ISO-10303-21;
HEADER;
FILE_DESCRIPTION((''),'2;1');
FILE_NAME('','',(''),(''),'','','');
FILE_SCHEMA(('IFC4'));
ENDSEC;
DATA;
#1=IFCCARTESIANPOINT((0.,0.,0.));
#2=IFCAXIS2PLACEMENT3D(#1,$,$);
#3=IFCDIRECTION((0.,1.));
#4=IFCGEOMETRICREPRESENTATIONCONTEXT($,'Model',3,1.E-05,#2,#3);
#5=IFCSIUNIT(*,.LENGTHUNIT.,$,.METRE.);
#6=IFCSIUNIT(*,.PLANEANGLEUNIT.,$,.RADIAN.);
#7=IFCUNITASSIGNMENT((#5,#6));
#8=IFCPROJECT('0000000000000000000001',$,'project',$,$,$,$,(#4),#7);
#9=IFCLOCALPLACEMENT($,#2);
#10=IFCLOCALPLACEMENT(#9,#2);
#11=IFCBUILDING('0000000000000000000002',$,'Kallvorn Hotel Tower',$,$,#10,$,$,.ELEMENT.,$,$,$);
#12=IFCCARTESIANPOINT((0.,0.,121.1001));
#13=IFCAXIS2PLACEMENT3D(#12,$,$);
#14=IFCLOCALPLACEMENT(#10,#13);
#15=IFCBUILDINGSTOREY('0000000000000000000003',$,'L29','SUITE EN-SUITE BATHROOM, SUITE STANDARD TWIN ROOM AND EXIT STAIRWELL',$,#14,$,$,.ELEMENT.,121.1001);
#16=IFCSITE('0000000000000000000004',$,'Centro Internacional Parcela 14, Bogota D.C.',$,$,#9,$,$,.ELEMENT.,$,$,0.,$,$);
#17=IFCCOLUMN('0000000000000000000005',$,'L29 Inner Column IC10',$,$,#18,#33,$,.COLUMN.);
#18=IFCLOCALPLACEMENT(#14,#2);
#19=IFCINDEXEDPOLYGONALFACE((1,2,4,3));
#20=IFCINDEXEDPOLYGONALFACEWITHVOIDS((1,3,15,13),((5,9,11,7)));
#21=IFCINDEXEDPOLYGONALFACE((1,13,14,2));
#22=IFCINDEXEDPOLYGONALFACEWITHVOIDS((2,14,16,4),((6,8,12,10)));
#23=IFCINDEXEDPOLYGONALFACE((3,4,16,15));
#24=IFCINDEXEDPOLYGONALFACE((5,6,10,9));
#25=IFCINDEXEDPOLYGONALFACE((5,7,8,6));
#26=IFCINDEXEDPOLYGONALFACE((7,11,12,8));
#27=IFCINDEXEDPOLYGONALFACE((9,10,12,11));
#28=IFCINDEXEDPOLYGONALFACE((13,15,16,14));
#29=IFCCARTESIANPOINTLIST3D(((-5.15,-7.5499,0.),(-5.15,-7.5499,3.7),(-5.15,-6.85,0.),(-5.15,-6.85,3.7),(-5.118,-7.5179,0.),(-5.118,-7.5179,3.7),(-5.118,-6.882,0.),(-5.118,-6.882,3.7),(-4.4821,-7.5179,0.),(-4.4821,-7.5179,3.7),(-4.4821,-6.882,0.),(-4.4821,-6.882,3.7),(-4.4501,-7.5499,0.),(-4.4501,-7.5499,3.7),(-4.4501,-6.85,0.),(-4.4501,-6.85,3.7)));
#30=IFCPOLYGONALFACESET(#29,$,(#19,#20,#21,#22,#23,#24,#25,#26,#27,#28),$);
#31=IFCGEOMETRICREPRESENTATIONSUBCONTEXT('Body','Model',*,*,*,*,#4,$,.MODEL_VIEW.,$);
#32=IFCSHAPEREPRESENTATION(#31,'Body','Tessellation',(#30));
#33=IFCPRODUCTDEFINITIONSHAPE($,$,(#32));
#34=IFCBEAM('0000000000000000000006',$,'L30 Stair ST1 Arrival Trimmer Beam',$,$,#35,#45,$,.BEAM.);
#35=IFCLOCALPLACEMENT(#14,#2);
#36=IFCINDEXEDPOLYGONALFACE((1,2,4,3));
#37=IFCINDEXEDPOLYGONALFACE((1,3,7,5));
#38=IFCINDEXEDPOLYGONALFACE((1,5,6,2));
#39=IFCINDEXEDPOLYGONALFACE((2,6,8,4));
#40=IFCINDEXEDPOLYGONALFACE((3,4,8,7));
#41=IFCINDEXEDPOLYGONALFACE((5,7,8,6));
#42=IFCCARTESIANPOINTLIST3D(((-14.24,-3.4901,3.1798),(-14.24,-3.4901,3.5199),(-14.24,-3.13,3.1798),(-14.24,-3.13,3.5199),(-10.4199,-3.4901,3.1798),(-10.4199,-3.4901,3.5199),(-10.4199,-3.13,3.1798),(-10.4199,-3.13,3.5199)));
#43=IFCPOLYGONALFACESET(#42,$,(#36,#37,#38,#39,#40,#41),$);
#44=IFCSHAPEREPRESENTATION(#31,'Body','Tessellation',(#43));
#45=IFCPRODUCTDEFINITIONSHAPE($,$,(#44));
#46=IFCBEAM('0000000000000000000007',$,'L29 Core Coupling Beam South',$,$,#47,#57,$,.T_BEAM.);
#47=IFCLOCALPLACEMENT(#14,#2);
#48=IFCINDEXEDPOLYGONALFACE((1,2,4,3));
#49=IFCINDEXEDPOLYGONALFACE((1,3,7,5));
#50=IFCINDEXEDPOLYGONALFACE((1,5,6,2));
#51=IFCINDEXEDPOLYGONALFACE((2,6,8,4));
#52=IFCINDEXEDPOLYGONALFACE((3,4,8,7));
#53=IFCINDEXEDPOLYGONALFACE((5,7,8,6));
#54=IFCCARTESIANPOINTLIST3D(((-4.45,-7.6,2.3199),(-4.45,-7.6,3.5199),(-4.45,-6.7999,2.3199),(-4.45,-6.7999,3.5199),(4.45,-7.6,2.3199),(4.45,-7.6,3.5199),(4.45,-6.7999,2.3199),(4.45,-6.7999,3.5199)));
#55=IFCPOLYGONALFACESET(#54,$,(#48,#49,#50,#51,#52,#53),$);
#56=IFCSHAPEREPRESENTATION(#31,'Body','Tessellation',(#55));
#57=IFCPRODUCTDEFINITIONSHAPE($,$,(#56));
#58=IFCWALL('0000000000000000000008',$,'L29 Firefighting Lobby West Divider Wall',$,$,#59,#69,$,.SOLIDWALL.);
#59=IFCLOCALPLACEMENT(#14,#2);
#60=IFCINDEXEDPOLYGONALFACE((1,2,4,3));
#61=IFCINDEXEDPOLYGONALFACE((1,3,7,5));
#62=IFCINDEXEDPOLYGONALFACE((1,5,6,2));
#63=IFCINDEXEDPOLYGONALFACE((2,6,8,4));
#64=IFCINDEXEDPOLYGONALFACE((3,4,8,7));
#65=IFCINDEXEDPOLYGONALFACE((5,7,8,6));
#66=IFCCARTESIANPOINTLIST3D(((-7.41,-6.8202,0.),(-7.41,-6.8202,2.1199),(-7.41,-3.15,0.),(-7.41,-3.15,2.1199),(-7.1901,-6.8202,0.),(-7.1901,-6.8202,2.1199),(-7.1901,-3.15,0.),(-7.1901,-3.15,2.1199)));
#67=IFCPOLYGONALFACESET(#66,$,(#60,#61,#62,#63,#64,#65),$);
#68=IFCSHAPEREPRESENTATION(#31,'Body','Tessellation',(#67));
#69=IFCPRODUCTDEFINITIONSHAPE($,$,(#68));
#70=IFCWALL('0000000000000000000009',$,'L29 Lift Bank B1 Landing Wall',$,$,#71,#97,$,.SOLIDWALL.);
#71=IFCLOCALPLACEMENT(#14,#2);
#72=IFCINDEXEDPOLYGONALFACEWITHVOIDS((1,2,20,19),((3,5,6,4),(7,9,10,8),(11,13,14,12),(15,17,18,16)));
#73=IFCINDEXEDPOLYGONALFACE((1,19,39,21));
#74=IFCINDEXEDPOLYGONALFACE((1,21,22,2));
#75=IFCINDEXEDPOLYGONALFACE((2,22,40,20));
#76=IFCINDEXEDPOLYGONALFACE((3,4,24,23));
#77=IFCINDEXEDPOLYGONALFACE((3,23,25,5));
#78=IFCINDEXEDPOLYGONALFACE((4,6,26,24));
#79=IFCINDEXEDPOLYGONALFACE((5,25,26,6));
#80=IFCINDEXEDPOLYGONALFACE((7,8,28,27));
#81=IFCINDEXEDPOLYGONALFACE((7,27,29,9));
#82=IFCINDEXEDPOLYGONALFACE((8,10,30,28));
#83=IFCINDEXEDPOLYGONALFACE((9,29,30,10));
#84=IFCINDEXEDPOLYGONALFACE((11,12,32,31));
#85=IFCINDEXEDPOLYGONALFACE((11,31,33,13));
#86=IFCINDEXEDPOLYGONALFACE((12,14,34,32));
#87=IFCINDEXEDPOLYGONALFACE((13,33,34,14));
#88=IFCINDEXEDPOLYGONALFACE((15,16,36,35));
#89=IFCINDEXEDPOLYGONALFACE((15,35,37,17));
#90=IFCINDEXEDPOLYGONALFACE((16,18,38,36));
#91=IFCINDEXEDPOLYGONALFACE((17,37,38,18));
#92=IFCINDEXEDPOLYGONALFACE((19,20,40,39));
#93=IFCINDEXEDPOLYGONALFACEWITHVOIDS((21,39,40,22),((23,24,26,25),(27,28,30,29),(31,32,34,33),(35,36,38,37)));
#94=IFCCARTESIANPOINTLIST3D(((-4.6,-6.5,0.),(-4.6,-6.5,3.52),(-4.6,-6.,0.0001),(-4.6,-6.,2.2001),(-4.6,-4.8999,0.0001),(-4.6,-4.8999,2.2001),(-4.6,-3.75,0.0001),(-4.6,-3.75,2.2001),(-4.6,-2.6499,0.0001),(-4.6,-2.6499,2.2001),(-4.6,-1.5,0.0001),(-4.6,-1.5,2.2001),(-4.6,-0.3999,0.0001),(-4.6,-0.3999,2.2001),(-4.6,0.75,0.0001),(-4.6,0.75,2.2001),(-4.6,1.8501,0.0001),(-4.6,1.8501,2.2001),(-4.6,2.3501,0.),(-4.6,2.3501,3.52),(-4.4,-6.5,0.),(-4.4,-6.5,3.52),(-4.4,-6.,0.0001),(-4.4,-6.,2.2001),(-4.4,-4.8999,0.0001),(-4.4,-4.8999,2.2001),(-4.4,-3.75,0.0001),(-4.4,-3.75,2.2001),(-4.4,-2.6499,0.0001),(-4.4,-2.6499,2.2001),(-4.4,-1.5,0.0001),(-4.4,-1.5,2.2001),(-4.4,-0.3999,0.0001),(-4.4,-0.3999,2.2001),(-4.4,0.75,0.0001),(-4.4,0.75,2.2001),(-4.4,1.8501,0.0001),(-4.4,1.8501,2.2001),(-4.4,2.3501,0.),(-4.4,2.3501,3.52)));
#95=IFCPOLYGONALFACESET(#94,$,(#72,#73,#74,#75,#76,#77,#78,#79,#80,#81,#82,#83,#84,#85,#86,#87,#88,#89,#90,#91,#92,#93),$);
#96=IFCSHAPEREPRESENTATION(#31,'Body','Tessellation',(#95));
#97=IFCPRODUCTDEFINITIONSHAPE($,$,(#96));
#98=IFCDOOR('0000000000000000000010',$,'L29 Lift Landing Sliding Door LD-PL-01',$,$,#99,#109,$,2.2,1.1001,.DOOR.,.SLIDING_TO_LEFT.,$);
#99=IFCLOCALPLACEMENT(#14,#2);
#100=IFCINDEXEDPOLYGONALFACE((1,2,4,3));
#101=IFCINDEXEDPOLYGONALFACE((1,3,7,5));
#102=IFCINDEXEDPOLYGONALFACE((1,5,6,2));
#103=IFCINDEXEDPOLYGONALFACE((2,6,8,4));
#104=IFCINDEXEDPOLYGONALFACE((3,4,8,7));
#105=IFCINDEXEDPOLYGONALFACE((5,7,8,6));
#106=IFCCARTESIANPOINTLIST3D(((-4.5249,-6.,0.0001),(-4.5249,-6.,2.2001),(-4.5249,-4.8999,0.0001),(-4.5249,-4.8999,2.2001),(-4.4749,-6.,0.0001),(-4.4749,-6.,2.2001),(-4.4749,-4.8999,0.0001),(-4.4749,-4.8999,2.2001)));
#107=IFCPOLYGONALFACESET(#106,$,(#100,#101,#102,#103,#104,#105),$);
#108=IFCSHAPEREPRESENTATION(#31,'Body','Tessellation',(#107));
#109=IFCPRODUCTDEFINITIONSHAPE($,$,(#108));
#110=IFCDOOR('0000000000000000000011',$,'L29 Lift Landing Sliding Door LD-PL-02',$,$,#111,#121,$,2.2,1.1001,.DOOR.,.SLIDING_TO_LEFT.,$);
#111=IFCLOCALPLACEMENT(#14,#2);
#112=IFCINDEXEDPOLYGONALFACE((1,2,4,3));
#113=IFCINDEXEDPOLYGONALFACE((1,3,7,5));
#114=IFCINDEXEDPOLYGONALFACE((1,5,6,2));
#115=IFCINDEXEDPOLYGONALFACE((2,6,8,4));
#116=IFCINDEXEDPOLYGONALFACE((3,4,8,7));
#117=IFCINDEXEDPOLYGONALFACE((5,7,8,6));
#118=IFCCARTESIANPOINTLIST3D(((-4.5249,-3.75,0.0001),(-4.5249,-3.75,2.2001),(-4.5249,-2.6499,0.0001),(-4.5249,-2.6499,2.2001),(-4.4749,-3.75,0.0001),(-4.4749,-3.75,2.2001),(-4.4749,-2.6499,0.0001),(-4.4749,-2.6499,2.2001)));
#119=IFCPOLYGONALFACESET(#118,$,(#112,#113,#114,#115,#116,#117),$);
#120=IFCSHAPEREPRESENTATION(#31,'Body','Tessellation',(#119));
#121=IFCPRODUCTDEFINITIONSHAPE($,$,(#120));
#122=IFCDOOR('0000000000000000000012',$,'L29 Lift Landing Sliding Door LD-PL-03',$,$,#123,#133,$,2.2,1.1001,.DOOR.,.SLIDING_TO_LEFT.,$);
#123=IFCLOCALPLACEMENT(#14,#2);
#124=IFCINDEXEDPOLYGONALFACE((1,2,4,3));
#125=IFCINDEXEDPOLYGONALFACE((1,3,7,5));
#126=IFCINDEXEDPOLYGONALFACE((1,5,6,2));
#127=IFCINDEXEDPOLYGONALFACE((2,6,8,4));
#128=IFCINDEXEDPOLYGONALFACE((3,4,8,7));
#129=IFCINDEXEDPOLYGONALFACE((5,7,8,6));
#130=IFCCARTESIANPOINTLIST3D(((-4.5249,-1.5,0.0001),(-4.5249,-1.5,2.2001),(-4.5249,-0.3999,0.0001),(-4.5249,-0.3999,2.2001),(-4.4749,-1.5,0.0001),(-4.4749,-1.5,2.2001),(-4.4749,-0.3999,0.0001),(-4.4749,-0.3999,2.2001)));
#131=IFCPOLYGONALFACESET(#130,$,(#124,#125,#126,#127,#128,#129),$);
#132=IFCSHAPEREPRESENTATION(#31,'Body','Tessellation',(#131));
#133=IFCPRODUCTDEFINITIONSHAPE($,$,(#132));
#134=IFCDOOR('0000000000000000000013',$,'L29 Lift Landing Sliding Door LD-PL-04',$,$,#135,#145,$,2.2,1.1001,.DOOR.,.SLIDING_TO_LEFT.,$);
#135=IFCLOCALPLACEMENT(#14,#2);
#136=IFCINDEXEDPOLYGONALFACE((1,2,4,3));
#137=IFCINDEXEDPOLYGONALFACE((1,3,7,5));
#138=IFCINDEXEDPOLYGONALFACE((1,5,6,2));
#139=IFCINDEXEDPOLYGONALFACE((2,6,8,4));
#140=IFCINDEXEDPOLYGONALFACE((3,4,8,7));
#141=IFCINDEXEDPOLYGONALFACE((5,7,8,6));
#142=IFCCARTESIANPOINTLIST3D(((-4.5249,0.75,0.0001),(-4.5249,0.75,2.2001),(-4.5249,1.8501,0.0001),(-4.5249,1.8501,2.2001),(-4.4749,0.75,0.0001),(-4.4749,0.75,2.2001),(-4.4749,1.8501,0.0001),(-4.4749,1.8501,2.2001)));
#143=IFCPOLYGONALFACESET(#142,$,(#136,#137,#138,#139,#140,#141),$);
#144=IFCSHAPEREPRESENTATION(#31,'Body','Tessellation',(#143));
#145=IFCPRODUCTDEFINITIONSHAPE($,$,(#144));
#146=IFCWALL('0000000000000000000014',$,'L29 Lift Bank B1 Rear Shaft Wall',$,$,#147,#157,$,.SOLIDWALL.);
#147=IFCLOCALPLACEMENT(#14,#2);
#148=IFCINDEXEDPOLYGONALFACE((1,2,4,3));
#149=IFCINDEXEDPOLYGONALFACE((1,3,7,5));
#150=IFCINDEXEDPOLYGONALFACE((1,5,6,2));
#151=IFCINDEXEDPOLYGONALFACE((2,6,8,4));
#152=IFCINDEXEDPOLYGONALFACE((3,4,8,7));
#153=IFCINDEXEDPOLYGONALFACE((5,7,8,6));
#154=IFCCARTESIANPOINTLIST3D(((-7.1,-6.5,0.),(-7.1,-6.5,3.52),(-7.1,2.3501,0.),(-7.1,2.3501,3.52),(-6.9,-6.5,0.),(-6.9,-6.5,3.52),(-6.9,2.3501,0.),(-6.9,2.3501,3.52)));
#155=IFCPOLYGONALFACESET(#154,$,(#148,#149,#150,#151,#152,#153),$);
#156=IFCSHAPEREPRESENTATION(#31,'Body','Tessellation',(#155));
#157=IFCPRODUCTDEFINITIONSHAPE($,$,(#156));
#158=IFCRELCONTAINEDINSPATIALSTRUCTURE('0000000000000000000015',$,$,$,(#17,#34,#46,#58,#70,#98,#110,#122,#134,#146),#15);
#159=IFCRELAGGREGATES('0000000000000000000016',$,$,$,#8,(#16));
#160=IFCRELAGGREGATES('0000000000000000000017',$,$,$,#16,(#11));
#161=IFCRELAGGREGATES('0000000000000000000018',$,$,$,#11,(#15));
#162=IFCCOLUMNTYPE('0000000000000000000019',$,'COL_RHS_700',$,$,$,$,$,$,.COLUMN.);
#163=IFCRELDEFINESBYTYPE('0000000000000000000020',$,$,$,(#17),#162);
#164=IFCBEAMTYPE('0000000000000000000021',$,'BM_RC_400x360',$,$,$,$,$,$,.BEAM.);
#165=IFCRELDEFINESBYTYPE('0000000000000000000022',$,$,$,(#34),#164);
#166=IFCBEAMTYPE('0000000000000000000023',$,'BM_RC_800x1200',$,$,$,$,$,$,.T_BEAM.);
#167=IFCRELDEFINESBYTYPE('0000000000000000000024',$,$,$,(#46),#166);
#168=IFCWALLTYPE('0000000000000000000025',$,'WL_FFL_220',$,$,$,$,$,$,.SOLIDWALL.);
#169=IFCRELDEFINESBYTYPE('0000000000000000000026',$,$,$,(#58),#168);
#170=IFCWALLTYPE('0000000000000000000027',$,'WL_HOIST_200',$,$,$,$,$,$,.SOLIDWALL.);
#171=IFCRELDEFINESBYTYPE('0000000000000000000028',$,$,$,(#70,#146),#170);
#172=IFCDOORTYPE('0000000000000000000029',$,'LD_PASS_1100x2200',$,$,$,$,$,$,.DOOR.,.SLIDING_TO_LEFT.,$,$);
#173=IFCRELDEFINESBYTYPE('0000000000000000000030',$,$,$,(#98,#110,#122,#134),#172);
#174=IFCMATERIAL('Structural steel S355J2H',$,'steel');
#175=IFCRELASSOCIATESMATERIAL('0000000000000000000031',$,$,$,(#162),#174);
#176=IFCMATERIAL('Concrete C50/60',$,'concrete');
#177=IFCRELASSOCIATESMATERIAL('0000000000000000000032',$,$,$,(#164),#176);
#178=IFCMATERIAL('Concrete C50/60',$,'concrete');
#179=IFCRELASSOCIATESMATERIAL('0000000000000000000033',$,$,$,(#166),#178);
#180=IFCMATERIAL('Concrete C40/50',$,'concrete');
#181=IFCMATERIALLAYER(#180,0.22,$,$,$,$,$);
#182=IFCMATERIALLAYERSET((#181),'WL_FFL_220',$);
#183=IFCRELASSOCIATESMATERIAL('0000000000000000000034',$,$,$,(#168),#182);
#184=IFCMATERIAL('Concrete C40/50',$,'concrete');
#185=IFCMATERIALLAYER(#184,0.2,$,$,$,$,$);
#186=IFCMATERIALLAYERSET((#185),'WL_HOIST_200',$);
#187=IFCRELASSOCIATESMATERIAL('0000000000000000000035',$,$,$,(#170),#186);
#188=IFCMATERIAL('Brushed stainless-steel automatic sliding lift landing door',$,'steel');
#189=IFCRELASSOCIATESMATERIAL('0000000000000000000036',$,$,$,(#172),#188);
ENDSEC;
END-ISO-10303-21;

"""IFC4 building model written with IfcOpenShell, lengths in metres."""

from ifc_helpers import new_model, si_unit, direction, frame, frame_2d, origin, origin_2d, place, context, subcontext, project, spatial, rectangle, hollow_rectangle, extrude, material, layer, layer_set, material_profile, profile_set, type_object, element, fill, save


model = new_model("IFC4")

# Units and contexts
model_context = context("Model", 3, precision=1e-05, world=origin(), true_north=direction((0.0, 1.0)))
body_context = subcontext(model_context, "Body", "Model", "MODEL_VIEW")
ifc_project = project(units=[si_unit("LENGTHUNIT", "METRE"), si_unit("PLANEANGLEUNIT", "RADIAN")], contexts=[model_context])

# Site, building, storey
site_placement = place(None, origin())
site = spatial("IfcSite", under=ifc_project, at=site_placement, Name="Centro Internacional Parcela 14, Bogota D.C.", CompositionType="ELEMENT", RefElevation=0.0)
building_placement = place(site_placement, origin())
building = spatial("IfcBuilding", under=site, at=building_placement, Name="Kallvorn Hotel Tower", CompositionType="ELEMENT")
storey_placement = place(building_placement, frame((0.0, 0.0, 121.1001)))
storey = spatial("IfcBuildingStorey", under=building, at=storey_placement, Name="L29", Description="SUITE EN-SUITE BATHROOM, SUITE STANDARD TWIN ROOM AND EXIT STAIRWELL", CompositionType="ELEMENT", Elevation=121.1001)

# Column
ifc_material_1 = material(Name="Structural steel S355J2H", Category="steel")
ifc_material_profile_1 = material_profile(ifc_material_1, hollow_rectangle(XDim=0.7, YDim=0.7, WallThickness=0.032, at=origin_2d()), Name="RHS 700x700x32")
ifc_profile_set_1 = profile_set([ifc_material_profile_1], Name="Structural steel S355J2H")
column_type = type_object("IfcColumnType", Name="COL_RHS_700", PredefinedType="COLUMN", material=ifc_profile_set_1)
column_placement = place(storey_placement, frame((-4.8, -7.2, 0.0), z_axis=(0.0, 0.0, 1.0), x_axis=(1.0, 0.0, 0.0)))
element("IfcColumn", 1, at=column_placement, inside=storey, type_object=column_type, Name="L29 Inner Column IC10", PredefinedType="COLUMN", context=body_context, shape_type="SweptSolid", body=[
    extrude(hollow_rectangle(XDim=0.7, YDim=0.7, WallThickness=0.032, at=origin_2d()), origin(), (0.0, 0.0, 1.0), 3.7),
])

# Beams
ifc_material_2 = material(Name="Concrete C50/60", Category="concrete")
ifc_material_profile_2 = material_profile(ifc_material_2, rectangle(XDim=0.3601, YDim=0.3401, at=origin_2d()), Name="RC 360x340")
ifc_profile_set_2 = profile_set([ifc_material_profile_2], Name="Concrete C50/60")
beam_type_1 = type_object("IfcBeamType", Name="BM_RC_400x360", PredefinedType="BEAM", material=ifc_profile_set_2)
beam_1_placement = place(storey_placement, frame((-10.4199, -3.3101, 3.3499), z_axis=(-1.0, 0.0, 0.0), x_axis=(0.0, -1.0, 0.0)))
element("IfcBeam", 2, at=beam_1_placement, inside=storey, type_object=beam_type_1, Name="L30 Stair ST1 Arrival Trimmer Beam", PredefinedType="BEAM", context=body_context, shape_type="SweptSolid", body=[
    extrude(rectangle(XDim=0.3601, YDim=0.3401, at=origin_2d()), origin(), (0.0, 0.0, 1.0), 3.8201),
])
ifc_material_3 = material(Name="Concrete C50/60", Category="concrete")
ifc_material_profile_3 = material_profile(ifc_material_3, rectangle(XDim=0.8, YDim=1.2, at=origin_2d()), Name="RC 800x1200")
ifc_profile_set_3 = profile_set([ifc_material_profile_3], Name="Concrete C50/60")
beam_type_2 = type_object("IfcBeamType", Name="BM_RC_800x1200", PredefinedType="T_BEAM", material=ifc_profile_set_3)
beam_2_placement = place(storey_placement, frame((-4.45, -7.2, 2.9199), z_axis=(1.0, 0.0, 0.0), x_axis=(0.0, 1.0, 0.0)))
element("IfcBeam", 3, at=beam_2_placement, inside=storey, type_object=beam_type_2, Name="L29 Core Coupling Beam South", PredefinedType="T_BEAM", context=body_context, shape_type="SweptSolid", body=[
    extrude(rectangle(XDim=0.8, YDim=1.2, at=origin_2d()), origin(), (0.0, 0.0, 1.0), 8.8999),
])

# Wall
ifc_material_4 = material(Name="Concrete C40/50", Category="concrete")
ifc_layer_1 = layer(ifc_material_4, 0.22)
ifc_layer_set_1 = layer_set([ifc_layer_1], Name="WL_FFL_220")
wall_type_1 = type_object("IfcWallType", Name="WL_FFL_220", PredefinedType="SOLIDWALL", material=ifc_layer_set_1)
wall_1_placement = place(storey_placement, frame((-7.3, -6.8201, 0.0), z_axis=(0.0, 0.0, 1.0), x_axis=(0.0, 1.0, 0.0)))
element("IfcWall", 4, at=wall_1_placement, inside=storey, type_object=wall_type_1, Name="L29 Firefighting Lobby West Divider Wall", PredefinedType="SOLIDWALL", context=body_context, shape_type="SweptSolid", body=[
    extrude(rectangle(XDim=3.6702, YDim=0.22, at=frame_2d((1.835, 0.0))), origin(), (0.0, 0.0, 1.0), 2.1199),
])

# Wall, openings, doors
ifc_material_5 = material(Name="Concrete C40/50", Category="concrete")
ifc_layer_2 = layer(ifc_material_5, 0.2)
ifc_layer_set_2 = layer_set([ifc_layer_2], Name="WL_HOIST_200")
wall_type_2 = type_object("IfcWallType", Name="WL_HOIST_200", PredefinedType="SOLIDWALL", material=ifc_layer_set_2)
wall_2_placement = place(storey_placement, frame((-4.5, -6.5, 0.0), z_axis=(0.0, 0.0, 1.0), x_axis=(0.0, 1.0, 0.0)))
wall_2 = element("IfcWall", 5, at=wall_2_placement, inside=storey, type_object=wall_type_2, Name="L29 Lift Bank B1 Landing Wall", PredefinedType="SOLIDWALL", context=body_context, shape_type="SweptSolid", body=[
    extrude(rectangle(XDim=8.8501, YDim=0.2, at=frame_2d((4.425, 0.0))), origin(), (0.0, 0.0, 1.0), 3.52),
])
opening_1_placement = place(wall_2_placement, frame((0.5, 0.0, 0.0)))
opening_1 = element("IfcOpeningElement", 6, at=opening_1_placement, cuts=wall_2, PredefinedType="OPENING", context=body_context, shape_type="SweptSolid", body=[
    extrude(rectangle(XDim=1.1001, YDim=2.2, at=frame_2d((0.55, 1.1001))), frame((0.0, 0.115, 0.0), z_axis=(0.0, -1.0, 0.0), x_axis=(1.0, 0.0, 0.0)), (0.0, 0.0, 1.0), 0.23),
])
opening_2_placement = place(wall_2_placement, frame((2.75, 0.0, 0.0)))
opening_2 = element("IfcOpeningElement", 7, at=opening_2_placement, cuts=wall_2, PredefinedType="OPENING", context=body_context, shape_type="SweptSolid", body=[
    extrude(rectangle(XDim=1.1001, YDim=2.2, at=frame_2d((0.55, 1.1001))), frame((0.0, 0.115, 0.0), z_axis=(0.0, -1.0, 0.0), x_axis=(1.0, 0.0, 0.0)), (0.0, 0.0, 1.0), 0.23),
])
opening_3_placement = place(wall_2_placement, frame((5.0, 0.0, 0.0)))
opening_3 = element("IfcOpeningElement", 8, at=opening_3_placement, cuts=wall_2, PredefinedType="OPENING", context=body_context, shape_type="SweptSolid", body=[
    extrude(rectangle(XDim=1.1001, YDim=2.2, at=frame_2d((0.55, 1.1001))), frame((0.0, 0.115, 0.0), z_axis=(0.0, -1.0, 0.0), x_axis=(1.0, 0.0, 0.0)), (0.0, 0.0, 1.0), 0.23),
])
opening_4_placement = place(wall_2_placement, frame((7.25, 0.0, 0.0)))
opening_4 = element("IfcOpeningElement", 9, at=opening_4_placement, cuts=wall_2, PredefinedType="OPENING", context=body_context, shape_type="SweptSolid", body=[
    extrude(rectangle(XDim=1.1001, YDim=2.2, at=frame_2d((0.55, 1.1001))), frame((0.0, 0.115, 0.0), z_axis=(0.0, -1.0, 0.0), x_axis=(1.0, 0.0, 0.0)), (0.0, 0.0, 1.0), 0.23),
])
ifc_material_6 = material(Name="Brushed stainless-steel automatic sliding lift landing door", Category="steel")
door_type_1 = type_object("IfcDoorType", Name="LD_PASS_1100x2200", OperationType="SLIDING_TO_LEFT", PredefinedType="DOOR", material=ifc_material_6)
door_1_placement = place(opening_1_placement, origin())
door_1 = element("IfcDoor", 10, at=door_1_placement, inside=storey, type_object=door_type_1, Name="L29 Lift Landing Sliding Door LD-PL-01", OperationType="SLIDING_TO_LEFT", OverallHeight=2.2, OverallWidth=1.1001, PredefinedType="DOOR", context=body_context, shape_type="SweptSolid", body=[
    extrude(rectangle(XDim=1.1001, YDim=2.2, at=frame_2d((0.55, 1.1001))), frame((0.0, 0.0249, 0.0), z_axis=(0.0, -1.0, 0.0), x_axis=(1.0, 0.0, 0.0)), (0.0, 0.0, 1.0), 0.05),
])
fill(opening_1, door_1)
door_2_placement = place(opening_2_placement, origin())
door_2 = element("IfcDoor", 11, at=door_2_placement, inside=storey, type_object=door_type_1, Name="L29 Lift Landing Sliding Door LD-PL-02", OperationType="SLIDING_TO_LEFT", OverallHeight=2.2, OverallWidth=1.1001, PredefinedType="DOOR", context=body_context, shape_type="SweptSolid", body=[
    extrude(rectangle(XDim=1.1001, YDim=2.2, at=frame_2d((0.55, 1.1001))), frame((0.0, 0.0249, 0.0), z_axis=(0.0, -1.0, 0.0), x_axis=(1.0, 0.0, 0.0)), (0.0, 0.0, 1.0), 0.05),
])
fill(opening_2, door_2)
door_3_placement = place(opening_3_placement, origin())
door_3 = element("IfcDoor", 12, at=door_3_placement, inside=storey, type_object=door_type_1, Name="L29 Lift Landing Sliding Door LD-PL-03", OperationType="SLIDING_TO_LEFT", OverallHeight=2.2, OverallWidth=1.1001, PredefinedType="DOOR", context=body_context, shape_type="SweptSolid", body=[
    extrude(rectangle(XDim=1.1001, YDim=2.2, at=frame_2d((0.55, 1.1001))), frame((0.0, 0.0249, 0.0), z_axis=(0.0, -1.0, 0.0), x_axis=(1.0, 0.0, 0.0)), (0.0, 0.0, 1.0), 0.05),
])
fill(opening_3, door_3)
door_4_placement = place(opening_4_placement, origin())
door_4 = element("IfcDoor", 13, at=door_4_placement, inside=storey, type_object=door_type_1, Name="L29 Lift Landing Sliding Door LD-PL-04", OperationType="SLIDING_TO_LEFT", OverallHeight=2.2, OverallWidth=1.1001, PredefinedType="DOOR", context=body_context, shape_type="SweptSolid", body=[
    extrude(rectangle(XDim=1.1001, YDim=2.2, at=frame_2d((0.55, 1.1001))), frame((0.0, 0.0249, 0.0), z_axis=(0.0, -1.0, 0.0), x_axis=(1.0, 0.0, 0.0)), (0.0, 0.0, 1.0), 0.05),
])
fill(opening_4, door_4)

# Wall
wall_3_placement = place(storey_placement, frame((-7.0, -6.5, 0.0), z_axis=(0.0, 0.0, 1.0), x_axis=(0.0, 1.0, 0.0)))
element("IfcWall", 14, at=wall_3_placement, inside=storey, type_object=wall_type_2, Name="L29 Lift Bank B1 Rear Shaft Wall", PredefinedType="SOLIDWALL", context=body_context, shape_type="SweptSolid", body=[
    extrude(rectangle(XDim=8.8501, YDim=0.2, at=frame_2d((4.425, 0.0))), origin(), (0.0, 0.0, 1.0), 3.52),
])

save(model, "model.ifc")
